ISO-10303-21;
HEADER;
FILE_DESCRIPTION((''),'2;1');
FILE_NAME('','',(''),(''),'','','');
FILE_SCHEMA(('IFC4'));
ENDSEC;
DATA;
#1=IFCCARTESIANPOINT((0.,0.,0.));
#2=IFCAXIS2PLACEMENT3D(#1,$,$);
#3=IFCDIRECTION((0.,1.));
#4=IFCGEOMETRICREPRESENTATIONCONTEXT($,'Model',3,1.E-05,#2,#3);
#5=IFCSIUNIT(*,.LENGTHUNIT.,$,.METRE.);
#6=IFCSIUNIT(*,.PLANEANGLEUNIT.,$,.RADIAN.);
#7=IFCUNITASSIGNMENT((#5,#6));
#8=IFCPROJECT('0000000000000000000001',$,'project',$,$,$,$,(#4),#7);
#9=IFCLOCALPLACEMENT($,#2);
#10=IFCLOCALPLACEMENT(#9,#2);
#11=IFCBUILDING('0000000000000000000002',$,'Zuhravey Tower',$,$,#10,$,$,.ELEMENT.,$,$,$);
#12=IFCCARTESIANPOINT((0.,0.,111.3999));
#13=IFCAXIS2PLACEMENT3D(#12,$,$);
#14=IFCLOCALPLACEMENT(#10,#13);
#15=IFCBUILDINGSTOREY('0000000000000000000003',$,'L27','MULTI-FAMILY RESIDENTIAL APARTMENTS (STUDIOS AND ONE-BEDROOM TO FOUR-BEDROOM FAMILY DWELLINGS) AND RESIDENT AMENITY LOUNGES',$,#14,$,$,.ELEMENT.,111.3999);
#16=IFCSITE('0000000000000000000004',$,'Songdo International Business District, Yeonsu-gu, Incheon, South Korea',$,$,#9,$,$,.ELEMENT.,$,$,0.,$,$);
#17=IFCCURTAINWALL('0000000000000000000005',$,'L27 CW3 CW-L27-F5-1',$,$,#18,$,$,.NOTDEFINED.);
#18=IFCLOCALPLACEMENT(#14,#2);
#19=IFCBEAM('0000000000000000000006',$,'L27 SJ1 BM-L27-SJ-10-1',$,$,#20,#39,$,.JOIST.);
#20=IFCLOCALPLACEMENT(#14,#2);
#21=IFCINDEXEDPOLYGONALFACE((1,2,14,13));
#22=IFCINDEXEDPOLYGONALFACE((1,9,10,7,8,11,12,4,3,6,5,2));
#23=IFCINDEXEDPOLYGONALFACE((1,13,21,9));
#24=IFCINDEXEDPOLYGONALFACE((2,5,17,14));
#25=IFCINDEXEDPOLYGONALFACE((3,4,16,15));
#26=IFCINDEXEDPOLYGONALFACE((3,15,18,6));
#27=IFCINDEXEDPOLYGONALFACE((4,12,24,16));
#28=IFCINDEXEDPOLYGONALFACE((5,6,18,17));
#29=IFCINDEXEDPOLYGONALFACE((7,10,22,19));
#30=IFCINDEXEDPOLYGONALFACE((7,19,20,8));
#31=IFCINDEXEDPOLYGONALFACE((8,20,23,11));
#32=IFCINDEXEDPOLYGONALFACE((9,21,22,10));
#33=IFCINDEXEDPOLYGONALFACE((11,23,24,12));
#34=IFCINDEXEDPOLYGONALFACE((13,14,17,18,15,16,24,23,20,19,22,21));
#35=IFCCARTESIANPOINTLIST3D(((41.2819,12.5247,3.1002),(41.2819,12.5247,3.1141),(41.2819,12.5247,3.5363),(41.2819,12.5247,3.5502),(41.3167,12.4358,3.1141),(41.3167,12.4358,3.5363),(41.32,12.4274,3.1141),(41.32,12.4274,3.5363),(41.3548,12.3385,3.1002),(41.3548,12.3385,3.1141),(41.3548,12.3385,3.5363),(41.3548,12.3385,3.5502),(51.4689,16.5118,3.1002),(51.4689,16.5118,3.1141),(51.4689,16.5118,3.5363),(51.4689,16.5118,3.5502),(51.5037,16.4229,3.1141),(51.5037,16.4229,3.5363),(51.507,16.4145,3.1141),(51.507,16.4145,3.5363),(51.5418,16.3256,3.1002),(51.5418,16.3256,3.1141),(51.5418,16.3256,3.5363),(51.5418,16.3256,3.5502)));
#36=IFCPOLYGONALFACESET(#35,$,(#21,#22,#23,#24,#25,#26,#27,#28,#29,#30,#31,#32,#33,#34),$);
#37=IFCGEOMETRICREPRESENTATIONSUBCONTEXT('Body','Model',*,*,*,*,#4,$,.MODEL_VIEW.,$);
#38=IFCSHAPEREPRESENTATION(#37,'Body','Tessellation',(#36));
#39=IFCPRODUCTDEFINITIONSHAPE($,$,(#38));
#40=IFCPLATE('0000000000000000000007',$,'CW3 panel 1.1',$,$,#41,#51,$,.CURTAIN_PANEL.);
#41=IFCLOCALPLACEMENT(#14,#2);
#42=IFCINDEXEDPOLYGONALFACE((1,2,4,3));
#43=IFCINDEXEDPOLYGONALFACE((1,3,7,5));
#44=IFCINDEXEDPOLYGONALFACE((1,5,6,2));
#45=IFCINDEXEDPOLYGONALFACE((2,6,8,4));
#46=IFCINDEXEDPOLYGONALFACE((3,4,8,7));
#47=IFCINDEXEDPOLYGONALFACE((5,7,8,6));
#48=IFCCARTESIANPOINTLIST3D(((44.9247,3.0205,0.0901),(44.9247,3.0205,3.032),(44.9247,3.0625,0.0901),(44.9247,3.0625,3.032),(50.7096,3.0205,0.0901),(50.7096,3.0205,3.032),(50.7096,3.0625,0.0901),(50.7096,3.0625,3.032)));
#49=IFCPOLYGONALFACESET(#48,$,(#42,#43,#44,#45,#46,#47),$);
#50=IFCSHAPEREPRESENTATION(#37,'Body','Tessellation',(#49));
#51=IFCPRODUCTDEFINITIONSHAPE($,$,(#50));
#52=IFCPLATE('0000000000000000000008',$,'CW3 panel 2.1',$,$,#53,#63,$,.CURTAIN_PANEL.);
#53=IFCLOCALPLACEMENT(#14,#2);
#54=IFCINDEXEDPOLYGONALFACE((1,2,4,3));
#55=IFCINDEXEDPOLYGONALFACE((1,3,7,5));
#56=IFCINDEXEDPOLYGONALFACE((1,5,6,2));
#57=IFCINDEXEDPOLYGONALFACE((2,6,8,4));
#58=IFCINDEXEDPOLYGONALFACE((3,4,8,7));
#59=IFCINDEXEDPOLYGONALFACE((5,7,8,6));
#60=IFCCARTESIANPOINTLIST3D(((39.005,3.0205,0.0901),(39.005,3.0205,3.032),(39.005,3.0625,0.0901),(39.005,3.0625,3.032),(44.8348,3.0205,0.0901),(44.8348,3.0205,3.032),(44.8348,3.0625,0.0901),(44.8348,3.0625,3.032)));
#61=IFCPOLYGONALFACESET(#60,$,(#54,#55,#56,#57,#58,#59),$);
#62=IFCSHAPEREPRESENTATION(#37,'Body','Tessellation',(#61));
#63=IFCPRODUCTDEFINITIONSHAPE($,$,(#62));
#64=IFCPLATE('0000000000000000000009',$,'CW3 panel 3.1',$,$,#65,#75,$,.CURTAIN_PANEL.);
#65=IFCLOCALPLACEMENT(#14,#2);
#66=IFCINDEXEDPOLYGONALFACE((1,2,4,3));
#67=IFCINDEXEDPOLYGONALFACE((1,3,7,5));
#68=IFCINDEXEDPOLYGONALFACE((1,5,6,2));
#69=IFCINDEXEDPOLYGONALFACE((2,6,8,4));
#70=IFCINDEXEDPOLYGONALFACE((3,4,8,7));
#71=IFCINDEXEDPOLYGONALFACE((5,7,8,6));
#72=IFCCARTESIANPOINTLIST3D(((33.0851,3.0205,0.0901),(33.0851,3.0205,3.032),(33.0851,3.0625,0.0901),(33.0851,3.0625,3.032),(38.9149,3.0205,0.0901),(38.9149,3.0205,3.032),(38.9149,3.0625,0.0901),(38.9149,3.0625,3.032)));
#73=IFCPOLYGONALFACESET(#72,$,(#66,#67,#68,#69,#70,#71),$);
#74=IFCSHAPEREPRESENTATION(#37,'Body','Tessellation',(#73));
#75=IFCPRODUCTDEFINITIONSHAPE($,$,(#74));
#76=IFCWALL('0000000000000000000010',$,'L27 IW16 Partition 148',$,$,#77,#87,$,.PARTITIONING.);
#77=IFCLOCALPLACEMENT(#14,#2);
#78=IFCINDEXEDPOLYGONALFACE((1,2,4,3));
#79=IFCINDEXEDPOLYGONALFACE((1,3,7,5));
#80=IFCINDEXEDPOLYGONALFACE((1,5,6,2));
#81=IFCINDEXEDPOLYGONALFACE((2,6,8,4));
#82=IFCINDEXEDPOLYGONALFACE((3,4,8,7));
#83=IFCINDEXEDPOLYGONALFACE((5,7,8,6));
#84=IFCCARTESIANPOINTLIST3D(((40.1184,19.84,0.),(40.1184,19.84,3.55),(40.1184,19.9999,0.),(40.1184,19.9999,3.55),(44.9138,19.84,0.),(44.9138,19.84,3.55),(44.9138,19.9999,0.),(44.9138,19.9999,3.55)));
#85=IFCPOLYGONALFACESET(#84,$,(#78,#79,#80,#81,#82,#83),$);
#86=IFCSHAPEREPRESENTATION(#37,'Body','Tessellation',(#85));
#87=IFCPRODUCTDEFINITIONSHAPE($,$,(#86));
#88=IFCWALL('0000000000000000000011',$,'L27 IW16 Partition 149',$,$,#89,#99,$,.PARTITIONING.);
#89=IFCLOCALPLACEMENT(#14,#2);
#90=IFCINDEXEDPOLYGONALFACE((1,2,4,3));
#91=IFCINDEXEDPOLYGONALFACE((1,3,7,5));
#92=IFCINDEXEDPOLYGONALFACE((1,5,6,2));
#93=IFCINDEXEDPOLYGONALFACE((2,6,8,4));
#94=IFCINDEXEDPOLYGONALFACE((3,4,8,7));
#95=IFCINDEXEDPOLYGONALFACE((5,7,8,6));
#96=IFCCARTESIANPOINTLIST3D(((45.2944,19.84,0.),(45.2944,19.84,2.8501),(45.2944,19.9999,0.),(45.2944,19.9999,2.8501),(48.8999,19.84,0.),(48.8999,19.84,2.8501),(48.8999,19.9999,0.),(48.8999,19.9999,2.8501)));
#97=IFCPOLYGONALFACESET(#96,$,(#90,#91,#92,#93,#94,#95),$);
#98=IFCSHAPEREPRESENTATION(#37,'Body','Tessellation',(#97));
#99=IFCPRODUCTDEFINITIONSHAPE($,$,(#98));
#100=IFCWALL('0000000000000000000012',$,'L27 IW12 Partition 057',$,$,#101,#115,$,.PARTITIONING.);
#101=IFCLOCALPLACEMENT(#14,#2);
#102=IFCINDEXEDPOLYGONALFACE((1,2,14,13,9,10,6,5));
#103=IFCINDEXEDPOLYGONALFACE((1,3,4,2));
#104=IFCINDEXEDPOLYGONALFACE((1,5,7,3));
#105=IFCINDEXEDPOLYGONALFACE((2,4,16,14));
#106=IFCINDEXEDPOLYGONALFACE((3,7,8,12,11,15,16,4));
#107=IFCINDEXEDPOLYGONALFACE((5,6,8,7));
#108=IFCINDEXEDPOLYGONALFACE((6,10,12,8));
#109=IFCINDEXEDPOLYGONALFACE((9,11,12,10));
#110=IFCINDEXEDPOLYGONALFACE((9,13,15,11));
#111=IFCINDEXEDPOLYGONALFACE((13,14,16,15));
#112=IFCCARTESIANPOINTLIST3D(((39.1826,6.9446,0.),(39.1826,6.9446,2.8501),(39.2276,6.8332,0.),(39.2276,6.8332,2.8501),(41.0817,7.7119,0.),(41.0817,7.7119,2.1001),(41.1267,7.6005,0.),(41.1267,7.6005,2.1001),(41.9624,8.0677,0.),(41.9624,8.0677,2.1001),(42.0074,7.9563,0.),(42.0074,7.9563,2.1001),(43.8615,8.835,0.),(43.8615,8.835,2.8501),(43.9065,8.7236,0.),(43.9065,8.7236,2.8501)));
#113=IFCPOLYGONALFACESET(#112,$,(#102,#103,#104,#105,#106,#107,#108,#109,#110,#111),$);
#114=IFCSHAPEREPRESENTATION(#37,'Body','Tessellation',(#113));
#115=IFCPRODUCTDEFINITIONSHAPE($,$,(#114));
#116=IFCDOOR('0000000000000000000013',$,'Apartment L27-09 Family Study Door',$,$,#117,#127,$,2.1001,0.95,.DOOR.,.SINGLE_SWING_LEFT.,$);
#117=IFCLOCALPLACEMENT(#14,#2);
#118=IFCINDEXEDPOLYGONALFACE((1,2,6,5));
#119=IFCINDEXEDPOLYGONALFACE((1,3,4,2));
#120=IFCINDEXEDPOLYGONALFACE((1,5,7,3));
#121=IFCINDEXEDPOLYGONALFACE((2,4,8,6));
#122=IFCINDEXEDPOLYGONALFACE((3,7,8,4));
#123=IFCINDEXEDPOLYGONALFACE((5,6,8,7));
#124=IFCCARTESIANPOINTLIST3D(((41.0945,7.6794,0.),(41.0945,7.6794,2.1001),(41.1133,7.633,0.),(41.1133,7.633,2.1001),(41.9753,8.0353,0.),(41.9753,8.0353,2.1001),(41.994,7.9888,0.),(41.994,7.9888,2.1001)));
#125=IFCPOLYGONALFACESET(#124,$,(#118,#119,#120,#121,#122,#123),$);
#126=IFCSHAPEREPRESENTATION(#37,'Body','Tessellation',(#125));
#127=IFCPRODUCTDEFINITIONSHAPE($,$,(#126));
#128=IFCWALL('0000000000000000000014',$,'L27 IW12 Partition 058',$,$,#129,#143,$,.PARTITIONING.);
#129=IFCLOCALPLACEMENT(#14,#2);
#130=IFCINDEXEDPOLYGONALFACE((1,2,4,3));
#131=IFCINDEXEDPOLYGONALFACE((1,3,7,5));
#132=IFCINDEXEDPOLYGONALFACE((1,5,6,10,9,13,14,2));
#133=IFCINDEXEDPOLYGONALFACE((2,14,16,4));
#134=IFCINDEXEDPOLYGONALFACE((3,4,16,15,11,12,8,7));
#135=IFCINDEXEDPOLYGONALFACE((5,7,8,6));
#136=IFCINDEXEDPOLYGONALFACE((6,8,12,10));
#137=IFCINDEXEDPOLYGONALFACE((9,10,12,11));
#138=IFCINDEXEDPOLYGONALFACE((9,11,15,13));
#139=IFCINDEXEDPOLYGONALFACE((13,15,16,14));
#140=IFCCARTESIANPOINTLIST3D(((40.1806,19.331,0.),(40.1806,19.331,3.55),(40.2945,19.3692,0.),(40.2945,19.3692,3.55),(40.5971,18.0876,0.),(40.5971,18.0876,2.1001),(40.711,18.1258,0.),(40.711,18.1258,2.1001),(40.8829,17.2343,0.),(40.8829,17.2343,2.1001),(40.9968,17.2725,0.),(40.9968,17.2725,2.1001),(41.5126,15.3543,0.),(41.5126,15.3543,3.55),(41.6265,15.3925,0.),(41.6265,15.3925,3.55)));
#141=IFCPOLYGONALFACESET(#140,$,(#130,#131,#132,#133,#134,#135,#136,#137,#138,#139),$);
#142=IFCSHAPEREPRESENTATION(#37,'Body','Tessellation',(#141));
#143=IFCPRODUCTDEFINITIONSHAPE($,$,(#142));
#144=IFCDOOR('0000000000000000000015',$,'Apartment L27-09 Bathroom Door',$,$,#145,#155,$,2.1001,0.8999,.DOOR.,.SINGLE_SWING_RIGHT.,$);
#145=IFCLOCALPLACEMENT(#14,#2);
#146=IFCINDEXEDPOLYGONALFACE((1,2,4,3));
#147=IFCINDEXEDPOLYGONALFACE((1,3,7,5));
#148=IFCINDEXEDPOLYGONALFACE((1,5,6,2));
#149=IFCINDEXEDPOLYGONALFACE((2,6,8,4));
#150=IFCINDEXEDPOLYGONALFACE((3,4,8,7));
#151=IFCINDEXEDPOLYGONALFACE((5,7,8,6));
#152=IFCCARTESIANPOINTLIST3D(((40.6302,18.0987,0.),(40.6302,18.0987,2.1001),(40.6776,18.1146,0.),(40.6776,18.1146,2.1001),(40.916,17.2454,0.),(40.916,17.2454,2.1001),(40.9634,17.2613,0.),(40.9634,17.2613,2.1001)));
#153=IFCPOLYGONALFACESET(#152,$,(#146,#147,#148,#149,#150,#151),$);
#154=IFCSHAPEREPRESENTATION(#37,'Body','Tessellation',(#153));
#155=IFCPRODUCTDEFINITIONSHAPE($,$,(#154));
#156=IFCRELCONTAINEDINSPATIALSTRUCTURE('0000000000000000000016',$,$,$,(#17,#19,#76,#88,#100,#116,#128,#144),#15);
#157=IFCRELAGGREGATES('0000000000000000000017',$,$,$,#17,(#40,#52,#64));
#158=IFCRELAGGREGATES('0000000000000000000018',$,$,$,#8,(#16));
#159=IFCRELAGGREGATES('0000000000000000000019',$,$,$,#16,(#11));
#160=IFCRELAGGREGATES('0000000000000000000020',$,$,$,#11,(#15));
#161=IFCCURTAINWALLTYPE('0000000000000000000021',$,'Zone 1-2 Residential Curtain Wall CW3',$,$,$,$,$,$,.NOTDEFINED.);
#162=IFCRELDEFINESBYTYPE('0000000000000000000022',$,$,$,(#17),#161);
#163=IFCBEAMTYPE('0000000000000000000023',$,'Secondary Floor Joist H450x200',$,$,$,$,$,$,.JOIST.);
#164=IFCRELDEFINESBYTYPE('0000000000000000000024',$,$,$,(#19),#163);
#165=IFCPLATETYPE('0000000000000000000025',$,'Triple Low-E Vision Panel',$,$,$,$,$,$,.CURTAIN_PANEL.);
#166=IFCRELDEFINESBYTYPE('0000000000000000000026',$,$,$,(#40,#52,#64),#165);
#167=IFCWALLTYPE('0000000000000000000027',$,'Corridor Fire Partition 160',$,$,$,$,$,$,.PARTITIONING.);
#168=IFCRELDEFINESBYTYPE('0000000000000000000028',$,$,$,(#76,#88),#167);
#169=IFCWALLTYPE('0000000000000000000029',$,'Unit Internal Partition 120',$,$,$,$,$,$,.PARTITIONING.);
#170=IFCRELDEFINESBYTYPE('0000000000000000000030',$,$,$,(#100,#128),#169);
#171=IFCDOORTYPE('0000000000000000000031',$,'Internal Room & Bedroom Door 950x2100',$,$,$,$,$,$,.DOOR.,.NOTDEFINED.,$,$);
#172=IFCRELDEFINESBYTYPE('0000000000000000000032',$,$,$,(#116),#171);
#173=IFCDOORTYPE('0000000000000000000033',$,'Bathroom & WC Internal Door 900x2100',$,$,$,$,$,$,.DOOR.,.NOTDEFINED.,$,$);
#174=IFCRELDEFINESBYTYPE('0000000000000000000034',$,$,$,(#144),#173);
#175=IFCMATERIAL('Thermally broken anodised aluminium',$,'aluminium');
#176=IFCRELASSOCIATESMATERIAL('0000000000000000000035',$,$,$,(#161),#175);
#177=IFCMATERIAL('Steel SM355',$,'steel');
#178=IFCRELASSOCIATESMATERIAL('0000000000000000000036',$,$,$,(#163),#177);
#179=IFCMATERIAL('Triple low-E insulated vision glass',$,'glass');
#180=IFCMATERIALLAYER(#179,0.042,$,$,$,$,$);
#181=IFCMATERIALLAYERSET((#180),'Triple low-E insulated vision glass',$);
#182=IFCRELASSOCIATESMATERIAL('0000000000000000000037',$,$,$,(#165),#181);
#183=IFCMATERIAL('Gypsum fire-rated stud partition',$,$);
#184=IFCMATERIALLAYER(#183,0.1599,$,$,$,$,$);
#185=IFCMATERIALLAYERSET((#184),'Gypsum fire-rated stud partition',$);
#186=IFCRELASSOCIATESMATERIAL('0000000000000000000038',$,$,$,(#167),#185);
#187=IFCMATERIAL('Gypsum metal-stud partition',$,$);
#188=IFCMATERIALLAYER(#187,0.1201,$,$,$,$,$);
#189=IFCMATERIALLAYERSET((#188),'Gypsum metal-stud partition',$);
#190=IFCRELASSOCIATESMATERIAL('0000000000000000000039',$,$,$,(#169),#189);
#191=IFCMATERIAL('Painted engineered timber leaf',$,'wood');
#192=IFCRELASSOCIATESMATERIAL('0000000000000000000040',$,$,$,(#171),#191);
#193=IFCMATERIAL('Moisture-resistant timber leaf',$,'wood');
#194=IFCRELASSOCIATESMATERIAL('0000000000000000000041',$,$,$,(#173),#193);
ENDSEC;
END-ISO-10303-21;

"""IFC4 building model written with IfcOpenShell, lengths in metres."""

from ifc_helpers import new_model, si_unit, direction, frame, frame_2d, origin, origin_2d, place, context, subcontext, project, spatial, rectangle, i_section, extrude, material, layer, layer_set, material_profile, profile_set, type_object, element, fill, aggregate, save


model = new_model("IFC4")

# Units and contexts
model_context = context("Model", 3, precision=1e-05, world=origin(), true_north=direction((0.0, 1.0)))
body_context = subcontext(model_context, "Body", "Model", "MODEL_VIEW")
ifc_project = project(units=[si_unit("LENGTHUNIT", "METRE"), si_unit("PLANEANGLEUNIT", "RADIAN")], contexts=[model_context])

# Site, building, storey
site_placement = place(None, origin())
site = spatial("IfcSite", under=ifc_project, at=site_placement, Name="Songdo International Business District, Yeonsu-gu, Incheon, South Korea", CompositionType="ELEMENT", RefElevation=0.0)
building_placement = place(site_placement, origin())
building = spatial("IfcBuilding", under=site, at=building_placement, Name="Zuhravey Tower", CompositionType="ELEMENT")
storey_placement = place(building_placement, frame((0.0, 0.0, 111.3999)))
storey = spatial("IfcBuildingStorey", under=building, at=storey_placement, Name="L27", Description="MULTI-FAMILY RESIDENTIAL APARTMENTS (STUDIOS AND ONE-BEDROOM TO FOUR-BEDROOM FAMILY DWELLINGS) AND RESIDENT AMENITY LOUNGES", CompositionType="ELEMENT", Elevation=111.3999)

# Curtain wall
ifc_material_1 = material(Name="Thermally broken anodised aluminium", Category="aluminium")
curtain_wall_type = type_object("IfcCurtainWallType", Name="Zone 1-2 Residential Curtain Wall CW3", PredefinedType="NOTDEFINED", material=ifc_material_1)
curtain_wall_placement = place(storey_placement, origin())
curtain_wall = element("IfcCurtainWall", 1, at=curtain_wall_placement, inside=storey, type_object=curtain_wall_type, Name="L27 CW3 CW-L27-F5-1", PredefinedType="NOTDEFINED")

# Beam
ifc_material_2 = material(Name="Steel SM355", Category="steel")
ifc_material_profile_1 = material_profile(ifc_material_2, i_section(OverallWidth=0.2, OverallDepth=0.45, WebThickness=0.009, FlangeThickness=0.0139, at=origin_2d()), Name="H-450x200x9x14")
ifc_profile_set_1 = profile_set([ifc_material_profile_1], Name="Steel SM355")
beam_type_1 = type_object("IfcBeamType", Name="Secondary Floor Joist H450x200", PredefinedType="JOIST", material=ifc_profile_set_1)
beam_1_placement = place(storey_placement, frame((41.3184, 12.4316, 3.3252), z_axis=(0.931217, 0.364466, 0.0), x_axis=(-0.364466, 0.931217, 0.0)))
element("IfcBeam", 2, at=beam_1_placement, inside=storey, type_object=beam_type_1, Name="L27 SJ1 BM-L27-SJ-10-1", PredefinedType="JOIST", context=body_context, shape_type="SweptSolid", body=[
    extrude(i_section(OverallWidth=0.2, OverallDepth=0.45, WebThickness=0.009, FlangeThickness=0.0139, at=origin_2d()), origin(), (0.0, 0.0, 1.0), 10.9395),
])

# Plates
ifc_material_3 = material(Name="Triple low-E insulated vision glass", Category="glass")
ifc_layer_1 = layer(ifc_material_3, 0.042)
ifc_layer_set_1 = layer_set([ifc_layer_1], Name="Triple low-E insulated vision glass")
plate_type = type_object("IfcPlateType", Name="Triple Low-E Vision Panel", PredefinedType="CURTAIN_PANEL", material=ifc_layer_set_1)
plate_1_placement = place(storey_placement, frame((47.8171, 3.0415, 0.0901), z_axis=(0.0, 0.0, 1.0), x_axis=(-1.0, 0.0, 0.0)))
plate_1 = element("IfcPlate", 3, at=plate_1_placement, type_object=plate_type, Name="CW3 panel 1.1", PredefinedType="CURTAIN_PANEL", context=body_context, shape_type="SweptSolid", body=[
    extrude(rectangle(XDim=5.7849, YDim=0.042, at=origin_2d()), origin(), (0.0, 0.0, 1.0), 2.9419),
])
plate_2_placement = place(storey_placement, frame((41.9199, 3.0415, 0.0901), z_axis=(0.0, 0.0, 1.0), x_axis=(-1.0, 0.0, 0.0)))
plate_2 = element("IfcPlate", 4, at=plate_2_placement, type_object=plate_type, Name="CW3 panel 2.1", PredefinedType="CURTAIN_PANEL", context=body_context, shape_type="SweptSolid", body=[
    extrude(rectangle(XDim=5.8298, YDim=0.042, at=origin_2d()), origin(), (0.0, 0.0, 1.0), 2.9419),
])
plate_3_placement = place(storey_placement, frame((36.0, 3.0415, 0.0901), z_axis=(0.0, 0.0, 1.0), x_axis=(-1.0, 0.0, 0.0)))
plate_3 = element("IfcPlate", 5, at=plate_3_placement, type_object=plate_type, Name="CW3 panel 3.1", PredefinedType="CURTAIN_PANEL", context=body_context, shape_type="SweptSolid", body=[
    extrude(rectangle(XDim=5.8298, YDim=0.042, at=origin_2d()), origin(), (0.0, 0.0, 1.0), 2.9419),
])
aggregate(curtain_wall, [plate_1, plate_2, plate_3])

# Shared definitions
ifc_material_4 = material(Name="Gypsum fire-rated stud partition")
ifc_layer_2 = layer(ifc_material_4, 0.1599)
ifc_layer_set_2 = layer_set([ifc_layer_2], Name="Gypsum fire-rated stud partition")
wall_type_1 = type_object("IfcWallType", Name="Corridor Fire Partition 160", PredefinedType="PARTITIONING", material=ifc_layer_set_2)

# Walls
wall_1_placement = place(storey_placement, frame((40.1184, 19.9199, 0.0), z_axis=(0.0, 0.0, 1.0), x_axis=(1.0, 0.0, 0.0)))
element("IfcWall", 6, at=wall_1_placement, inside=storey, type_object=wall_type_1, Name="L27 IW16 Partition 148", PredefinedType="PARTITIONING", context=body_context, shape_type="SweptSolid", body=[
    extrude(rectangle(XDim=4.7954, YDim=0.1599, at=frame_2d((2.3977, 0.0))), origin(), (0.0, 0.0, 1.0), 3.55),
])
wall_2_placement = place(storey_placement, frame((45.2944, 19.9199, 0.0), z_axis=(0.0, 0.0, 1.0), x_axis=(1.0, 0.0, 0.0)))
element("IfcWall", 7, at=wall_2_placement, inside=storey, type_object=wall_type_1, Name="L27 IW16 Partition 149", PredefinedType="PARTITIONING", context=body_context, shape_type="SweptSolid", body=[
    extrude(rectangle(XDim=3.6055, YDim=0.1599, at=frame_2d((1.8027, 0.0))), origin(), (0.0, 0.0, 1.0), 2.8501),
])

# Walls, openings, doors
ifc_material_5 = material(Name="Gypsum metal-stud partition")
ifc_layer_3 = layer(ifc_material_5, 0.1201)
ifc_layer_set_3 = layer_set([ifc_layer_3], Name="Gypsum metal-stud partition")
wall_type_2 = type_object("IfcWallType", Name="Unit Internal Partition 120", PredefinedType="PARTITIONING", material=ifc_layer_set_3)
wall_3_placement = place(storey_placement, frame((39.2051, 6.8889, 0.0), z_axis=(0.0, 0.0, 1.0), x_axis=(0.927187, 0.3746, 0.0)))
wall_3 = element("IfcWall", 8, at=wall_3_placement, inside=storey, type_object=wall_type_2, Name="L27 IW12 Partition 057", PredefinedType="PARTITIONING", context=body_context, shape_type="SweptSolid", body=[
    extrude(rectangle(XDim=5.0464, YDim=0.1201, at=frame_2d((2.5232, 0.0))), origin(), (0.0, 0.0, 1.0), 2.8501),
])
opening_1_placement = place(wall_3_placement, frame((2.0481, 0.0, 0.0)))
opening_1 = element("IfcOpeningElement", 9, at=opening_1_placement, cuts=wall_3, PredefinedType="OPENING", context=body_context, shape_type="SweptSolid", body=[
    extrude(rectangle(XDim=0.95, YDim=2.1001, at=frame_2d((0.4751, 1.05))), frame((0.0, 0.072, 0.0), z_axis=(0.0, -1.0, 0.0), x_axis=(1.0, 0.0, 0.0)), (0.0, 0.0, 1.0), 0.144),
])
ifc_material_6 = material(Name="Painted engineered timber leaf", Category="wood")
door_type_1 = type_object("IfcDoorType", Name="Internal Room & Bedroom Door 950x2100", OperationType="NOTDEFINED", PredefinedType="DOOR", material=ifc_material_6)
door_1_placement = place(opening_1_placement, frame((0.95, 0.0, 0.0), z_axis=(0.0, 0.0, 1.0), x_axis=(-1.0, 0.0, 0.0)))
door_1 = element("IfcDoor", 10, at=door_1_placement, inside=storey, type_object=door_type_1, Name="Apartment L27-09 Family Study Door", OperationType="SINGLE_SWING_LEFT", OverallHeight=2.1001, OverallWidth=0.95, PredefinedType="DOOR", context=body_context, shape_type="SweptSolid", body=[
    extrude(rectangle(XDim=0.95, YDim=2.1001, at=frame_2d((0.4751, 1.05))), frame((0.0, 0.0249, 0.0), z_axis=(0.0, -1.0, 0.0), x_axis=(1.0, 0.0, 0.0)), (0.0, 0.0, 1.0), 0.05),
])
fill(opening_1, door_1)
wall_4_placement = place(storey_placement, frame((40.2375, 19.3501, 0.0), z_axis=(0.0, 0.0, 1.0), x_axis=(0.317607, -0.948222, 0.0)))
wall_4 = element("IfcWall", 11, at=wall_4_placement, inside=storey, type_object=wall_type_2, Name="L27 IW12 Partition 058", PredefinedType="PARTITIONING", context=body_context, shape_type="SweptSolid", body=[
    extrude(rectangle(XDim=4.1938, YDim=0.1201, at=frame_2d((2.0969, 0.0))), origin(), (0.0, 0.0, 1.0), 3.55),
])
opening_2_placement = place(wall_4_placement, frame((1.3113, 0.0, 0.0)))
opening_2 = element("IfcOpeningElement", 12, at=opening_2_placement, cuts=wall_4, PredefinedType="OPENING", context=body_context, shape_type="SweptSolid", body=[
    extrude(rectangle(XDim=0.8999, YDim=2.1001, at=frame_2d((0.45, 1.05))), frame((0.0, 0.072, 0.0), z_axis=(0.0, -1.0, 0.0), x_axis=(1.0, 0.0, 0.0)), (0.0, 0.0, 1.0), 0.144),
])
ifc_material_7 = material(Name="Moisture-resistant timber leaf", Category="wood")
door_type_2 = type_object("IfcDoorType", Name="Bathroom & WC Internal Door 900x2100", OperationType="NOTDEFINED", PredefinedType="DOOR", material=ifc_material_7)
door_2_placement = place(opening_2_placement, origin())
door_2 = element("IfcDoor", 13, at=door_2_placement, inside=storey, type_object=door_type_2, Name="Apartment L27-09 Bathroom Door", OperationType="SINGLE_SWING_RIGHT", OverallHeight=2.1001, OverallWidth=0.8999, PredefinedType="DOOR", context=body_context, shape_type="SweptSolid", body=[
    extrude(rectangle(XDim=0.8999, YDim=2.1001, at=frame_2d((0.45, 1.05))), frame((0.0, 0.0249, 0.0), z_axis=(0.0, -1.0, 0.0), x_axis=(1.0, 0.0, 0.0)), (0.0, 0.0, 1.0), 0.05),
])
fill(opening_2, door_2)

save(model, "model.ifc")
